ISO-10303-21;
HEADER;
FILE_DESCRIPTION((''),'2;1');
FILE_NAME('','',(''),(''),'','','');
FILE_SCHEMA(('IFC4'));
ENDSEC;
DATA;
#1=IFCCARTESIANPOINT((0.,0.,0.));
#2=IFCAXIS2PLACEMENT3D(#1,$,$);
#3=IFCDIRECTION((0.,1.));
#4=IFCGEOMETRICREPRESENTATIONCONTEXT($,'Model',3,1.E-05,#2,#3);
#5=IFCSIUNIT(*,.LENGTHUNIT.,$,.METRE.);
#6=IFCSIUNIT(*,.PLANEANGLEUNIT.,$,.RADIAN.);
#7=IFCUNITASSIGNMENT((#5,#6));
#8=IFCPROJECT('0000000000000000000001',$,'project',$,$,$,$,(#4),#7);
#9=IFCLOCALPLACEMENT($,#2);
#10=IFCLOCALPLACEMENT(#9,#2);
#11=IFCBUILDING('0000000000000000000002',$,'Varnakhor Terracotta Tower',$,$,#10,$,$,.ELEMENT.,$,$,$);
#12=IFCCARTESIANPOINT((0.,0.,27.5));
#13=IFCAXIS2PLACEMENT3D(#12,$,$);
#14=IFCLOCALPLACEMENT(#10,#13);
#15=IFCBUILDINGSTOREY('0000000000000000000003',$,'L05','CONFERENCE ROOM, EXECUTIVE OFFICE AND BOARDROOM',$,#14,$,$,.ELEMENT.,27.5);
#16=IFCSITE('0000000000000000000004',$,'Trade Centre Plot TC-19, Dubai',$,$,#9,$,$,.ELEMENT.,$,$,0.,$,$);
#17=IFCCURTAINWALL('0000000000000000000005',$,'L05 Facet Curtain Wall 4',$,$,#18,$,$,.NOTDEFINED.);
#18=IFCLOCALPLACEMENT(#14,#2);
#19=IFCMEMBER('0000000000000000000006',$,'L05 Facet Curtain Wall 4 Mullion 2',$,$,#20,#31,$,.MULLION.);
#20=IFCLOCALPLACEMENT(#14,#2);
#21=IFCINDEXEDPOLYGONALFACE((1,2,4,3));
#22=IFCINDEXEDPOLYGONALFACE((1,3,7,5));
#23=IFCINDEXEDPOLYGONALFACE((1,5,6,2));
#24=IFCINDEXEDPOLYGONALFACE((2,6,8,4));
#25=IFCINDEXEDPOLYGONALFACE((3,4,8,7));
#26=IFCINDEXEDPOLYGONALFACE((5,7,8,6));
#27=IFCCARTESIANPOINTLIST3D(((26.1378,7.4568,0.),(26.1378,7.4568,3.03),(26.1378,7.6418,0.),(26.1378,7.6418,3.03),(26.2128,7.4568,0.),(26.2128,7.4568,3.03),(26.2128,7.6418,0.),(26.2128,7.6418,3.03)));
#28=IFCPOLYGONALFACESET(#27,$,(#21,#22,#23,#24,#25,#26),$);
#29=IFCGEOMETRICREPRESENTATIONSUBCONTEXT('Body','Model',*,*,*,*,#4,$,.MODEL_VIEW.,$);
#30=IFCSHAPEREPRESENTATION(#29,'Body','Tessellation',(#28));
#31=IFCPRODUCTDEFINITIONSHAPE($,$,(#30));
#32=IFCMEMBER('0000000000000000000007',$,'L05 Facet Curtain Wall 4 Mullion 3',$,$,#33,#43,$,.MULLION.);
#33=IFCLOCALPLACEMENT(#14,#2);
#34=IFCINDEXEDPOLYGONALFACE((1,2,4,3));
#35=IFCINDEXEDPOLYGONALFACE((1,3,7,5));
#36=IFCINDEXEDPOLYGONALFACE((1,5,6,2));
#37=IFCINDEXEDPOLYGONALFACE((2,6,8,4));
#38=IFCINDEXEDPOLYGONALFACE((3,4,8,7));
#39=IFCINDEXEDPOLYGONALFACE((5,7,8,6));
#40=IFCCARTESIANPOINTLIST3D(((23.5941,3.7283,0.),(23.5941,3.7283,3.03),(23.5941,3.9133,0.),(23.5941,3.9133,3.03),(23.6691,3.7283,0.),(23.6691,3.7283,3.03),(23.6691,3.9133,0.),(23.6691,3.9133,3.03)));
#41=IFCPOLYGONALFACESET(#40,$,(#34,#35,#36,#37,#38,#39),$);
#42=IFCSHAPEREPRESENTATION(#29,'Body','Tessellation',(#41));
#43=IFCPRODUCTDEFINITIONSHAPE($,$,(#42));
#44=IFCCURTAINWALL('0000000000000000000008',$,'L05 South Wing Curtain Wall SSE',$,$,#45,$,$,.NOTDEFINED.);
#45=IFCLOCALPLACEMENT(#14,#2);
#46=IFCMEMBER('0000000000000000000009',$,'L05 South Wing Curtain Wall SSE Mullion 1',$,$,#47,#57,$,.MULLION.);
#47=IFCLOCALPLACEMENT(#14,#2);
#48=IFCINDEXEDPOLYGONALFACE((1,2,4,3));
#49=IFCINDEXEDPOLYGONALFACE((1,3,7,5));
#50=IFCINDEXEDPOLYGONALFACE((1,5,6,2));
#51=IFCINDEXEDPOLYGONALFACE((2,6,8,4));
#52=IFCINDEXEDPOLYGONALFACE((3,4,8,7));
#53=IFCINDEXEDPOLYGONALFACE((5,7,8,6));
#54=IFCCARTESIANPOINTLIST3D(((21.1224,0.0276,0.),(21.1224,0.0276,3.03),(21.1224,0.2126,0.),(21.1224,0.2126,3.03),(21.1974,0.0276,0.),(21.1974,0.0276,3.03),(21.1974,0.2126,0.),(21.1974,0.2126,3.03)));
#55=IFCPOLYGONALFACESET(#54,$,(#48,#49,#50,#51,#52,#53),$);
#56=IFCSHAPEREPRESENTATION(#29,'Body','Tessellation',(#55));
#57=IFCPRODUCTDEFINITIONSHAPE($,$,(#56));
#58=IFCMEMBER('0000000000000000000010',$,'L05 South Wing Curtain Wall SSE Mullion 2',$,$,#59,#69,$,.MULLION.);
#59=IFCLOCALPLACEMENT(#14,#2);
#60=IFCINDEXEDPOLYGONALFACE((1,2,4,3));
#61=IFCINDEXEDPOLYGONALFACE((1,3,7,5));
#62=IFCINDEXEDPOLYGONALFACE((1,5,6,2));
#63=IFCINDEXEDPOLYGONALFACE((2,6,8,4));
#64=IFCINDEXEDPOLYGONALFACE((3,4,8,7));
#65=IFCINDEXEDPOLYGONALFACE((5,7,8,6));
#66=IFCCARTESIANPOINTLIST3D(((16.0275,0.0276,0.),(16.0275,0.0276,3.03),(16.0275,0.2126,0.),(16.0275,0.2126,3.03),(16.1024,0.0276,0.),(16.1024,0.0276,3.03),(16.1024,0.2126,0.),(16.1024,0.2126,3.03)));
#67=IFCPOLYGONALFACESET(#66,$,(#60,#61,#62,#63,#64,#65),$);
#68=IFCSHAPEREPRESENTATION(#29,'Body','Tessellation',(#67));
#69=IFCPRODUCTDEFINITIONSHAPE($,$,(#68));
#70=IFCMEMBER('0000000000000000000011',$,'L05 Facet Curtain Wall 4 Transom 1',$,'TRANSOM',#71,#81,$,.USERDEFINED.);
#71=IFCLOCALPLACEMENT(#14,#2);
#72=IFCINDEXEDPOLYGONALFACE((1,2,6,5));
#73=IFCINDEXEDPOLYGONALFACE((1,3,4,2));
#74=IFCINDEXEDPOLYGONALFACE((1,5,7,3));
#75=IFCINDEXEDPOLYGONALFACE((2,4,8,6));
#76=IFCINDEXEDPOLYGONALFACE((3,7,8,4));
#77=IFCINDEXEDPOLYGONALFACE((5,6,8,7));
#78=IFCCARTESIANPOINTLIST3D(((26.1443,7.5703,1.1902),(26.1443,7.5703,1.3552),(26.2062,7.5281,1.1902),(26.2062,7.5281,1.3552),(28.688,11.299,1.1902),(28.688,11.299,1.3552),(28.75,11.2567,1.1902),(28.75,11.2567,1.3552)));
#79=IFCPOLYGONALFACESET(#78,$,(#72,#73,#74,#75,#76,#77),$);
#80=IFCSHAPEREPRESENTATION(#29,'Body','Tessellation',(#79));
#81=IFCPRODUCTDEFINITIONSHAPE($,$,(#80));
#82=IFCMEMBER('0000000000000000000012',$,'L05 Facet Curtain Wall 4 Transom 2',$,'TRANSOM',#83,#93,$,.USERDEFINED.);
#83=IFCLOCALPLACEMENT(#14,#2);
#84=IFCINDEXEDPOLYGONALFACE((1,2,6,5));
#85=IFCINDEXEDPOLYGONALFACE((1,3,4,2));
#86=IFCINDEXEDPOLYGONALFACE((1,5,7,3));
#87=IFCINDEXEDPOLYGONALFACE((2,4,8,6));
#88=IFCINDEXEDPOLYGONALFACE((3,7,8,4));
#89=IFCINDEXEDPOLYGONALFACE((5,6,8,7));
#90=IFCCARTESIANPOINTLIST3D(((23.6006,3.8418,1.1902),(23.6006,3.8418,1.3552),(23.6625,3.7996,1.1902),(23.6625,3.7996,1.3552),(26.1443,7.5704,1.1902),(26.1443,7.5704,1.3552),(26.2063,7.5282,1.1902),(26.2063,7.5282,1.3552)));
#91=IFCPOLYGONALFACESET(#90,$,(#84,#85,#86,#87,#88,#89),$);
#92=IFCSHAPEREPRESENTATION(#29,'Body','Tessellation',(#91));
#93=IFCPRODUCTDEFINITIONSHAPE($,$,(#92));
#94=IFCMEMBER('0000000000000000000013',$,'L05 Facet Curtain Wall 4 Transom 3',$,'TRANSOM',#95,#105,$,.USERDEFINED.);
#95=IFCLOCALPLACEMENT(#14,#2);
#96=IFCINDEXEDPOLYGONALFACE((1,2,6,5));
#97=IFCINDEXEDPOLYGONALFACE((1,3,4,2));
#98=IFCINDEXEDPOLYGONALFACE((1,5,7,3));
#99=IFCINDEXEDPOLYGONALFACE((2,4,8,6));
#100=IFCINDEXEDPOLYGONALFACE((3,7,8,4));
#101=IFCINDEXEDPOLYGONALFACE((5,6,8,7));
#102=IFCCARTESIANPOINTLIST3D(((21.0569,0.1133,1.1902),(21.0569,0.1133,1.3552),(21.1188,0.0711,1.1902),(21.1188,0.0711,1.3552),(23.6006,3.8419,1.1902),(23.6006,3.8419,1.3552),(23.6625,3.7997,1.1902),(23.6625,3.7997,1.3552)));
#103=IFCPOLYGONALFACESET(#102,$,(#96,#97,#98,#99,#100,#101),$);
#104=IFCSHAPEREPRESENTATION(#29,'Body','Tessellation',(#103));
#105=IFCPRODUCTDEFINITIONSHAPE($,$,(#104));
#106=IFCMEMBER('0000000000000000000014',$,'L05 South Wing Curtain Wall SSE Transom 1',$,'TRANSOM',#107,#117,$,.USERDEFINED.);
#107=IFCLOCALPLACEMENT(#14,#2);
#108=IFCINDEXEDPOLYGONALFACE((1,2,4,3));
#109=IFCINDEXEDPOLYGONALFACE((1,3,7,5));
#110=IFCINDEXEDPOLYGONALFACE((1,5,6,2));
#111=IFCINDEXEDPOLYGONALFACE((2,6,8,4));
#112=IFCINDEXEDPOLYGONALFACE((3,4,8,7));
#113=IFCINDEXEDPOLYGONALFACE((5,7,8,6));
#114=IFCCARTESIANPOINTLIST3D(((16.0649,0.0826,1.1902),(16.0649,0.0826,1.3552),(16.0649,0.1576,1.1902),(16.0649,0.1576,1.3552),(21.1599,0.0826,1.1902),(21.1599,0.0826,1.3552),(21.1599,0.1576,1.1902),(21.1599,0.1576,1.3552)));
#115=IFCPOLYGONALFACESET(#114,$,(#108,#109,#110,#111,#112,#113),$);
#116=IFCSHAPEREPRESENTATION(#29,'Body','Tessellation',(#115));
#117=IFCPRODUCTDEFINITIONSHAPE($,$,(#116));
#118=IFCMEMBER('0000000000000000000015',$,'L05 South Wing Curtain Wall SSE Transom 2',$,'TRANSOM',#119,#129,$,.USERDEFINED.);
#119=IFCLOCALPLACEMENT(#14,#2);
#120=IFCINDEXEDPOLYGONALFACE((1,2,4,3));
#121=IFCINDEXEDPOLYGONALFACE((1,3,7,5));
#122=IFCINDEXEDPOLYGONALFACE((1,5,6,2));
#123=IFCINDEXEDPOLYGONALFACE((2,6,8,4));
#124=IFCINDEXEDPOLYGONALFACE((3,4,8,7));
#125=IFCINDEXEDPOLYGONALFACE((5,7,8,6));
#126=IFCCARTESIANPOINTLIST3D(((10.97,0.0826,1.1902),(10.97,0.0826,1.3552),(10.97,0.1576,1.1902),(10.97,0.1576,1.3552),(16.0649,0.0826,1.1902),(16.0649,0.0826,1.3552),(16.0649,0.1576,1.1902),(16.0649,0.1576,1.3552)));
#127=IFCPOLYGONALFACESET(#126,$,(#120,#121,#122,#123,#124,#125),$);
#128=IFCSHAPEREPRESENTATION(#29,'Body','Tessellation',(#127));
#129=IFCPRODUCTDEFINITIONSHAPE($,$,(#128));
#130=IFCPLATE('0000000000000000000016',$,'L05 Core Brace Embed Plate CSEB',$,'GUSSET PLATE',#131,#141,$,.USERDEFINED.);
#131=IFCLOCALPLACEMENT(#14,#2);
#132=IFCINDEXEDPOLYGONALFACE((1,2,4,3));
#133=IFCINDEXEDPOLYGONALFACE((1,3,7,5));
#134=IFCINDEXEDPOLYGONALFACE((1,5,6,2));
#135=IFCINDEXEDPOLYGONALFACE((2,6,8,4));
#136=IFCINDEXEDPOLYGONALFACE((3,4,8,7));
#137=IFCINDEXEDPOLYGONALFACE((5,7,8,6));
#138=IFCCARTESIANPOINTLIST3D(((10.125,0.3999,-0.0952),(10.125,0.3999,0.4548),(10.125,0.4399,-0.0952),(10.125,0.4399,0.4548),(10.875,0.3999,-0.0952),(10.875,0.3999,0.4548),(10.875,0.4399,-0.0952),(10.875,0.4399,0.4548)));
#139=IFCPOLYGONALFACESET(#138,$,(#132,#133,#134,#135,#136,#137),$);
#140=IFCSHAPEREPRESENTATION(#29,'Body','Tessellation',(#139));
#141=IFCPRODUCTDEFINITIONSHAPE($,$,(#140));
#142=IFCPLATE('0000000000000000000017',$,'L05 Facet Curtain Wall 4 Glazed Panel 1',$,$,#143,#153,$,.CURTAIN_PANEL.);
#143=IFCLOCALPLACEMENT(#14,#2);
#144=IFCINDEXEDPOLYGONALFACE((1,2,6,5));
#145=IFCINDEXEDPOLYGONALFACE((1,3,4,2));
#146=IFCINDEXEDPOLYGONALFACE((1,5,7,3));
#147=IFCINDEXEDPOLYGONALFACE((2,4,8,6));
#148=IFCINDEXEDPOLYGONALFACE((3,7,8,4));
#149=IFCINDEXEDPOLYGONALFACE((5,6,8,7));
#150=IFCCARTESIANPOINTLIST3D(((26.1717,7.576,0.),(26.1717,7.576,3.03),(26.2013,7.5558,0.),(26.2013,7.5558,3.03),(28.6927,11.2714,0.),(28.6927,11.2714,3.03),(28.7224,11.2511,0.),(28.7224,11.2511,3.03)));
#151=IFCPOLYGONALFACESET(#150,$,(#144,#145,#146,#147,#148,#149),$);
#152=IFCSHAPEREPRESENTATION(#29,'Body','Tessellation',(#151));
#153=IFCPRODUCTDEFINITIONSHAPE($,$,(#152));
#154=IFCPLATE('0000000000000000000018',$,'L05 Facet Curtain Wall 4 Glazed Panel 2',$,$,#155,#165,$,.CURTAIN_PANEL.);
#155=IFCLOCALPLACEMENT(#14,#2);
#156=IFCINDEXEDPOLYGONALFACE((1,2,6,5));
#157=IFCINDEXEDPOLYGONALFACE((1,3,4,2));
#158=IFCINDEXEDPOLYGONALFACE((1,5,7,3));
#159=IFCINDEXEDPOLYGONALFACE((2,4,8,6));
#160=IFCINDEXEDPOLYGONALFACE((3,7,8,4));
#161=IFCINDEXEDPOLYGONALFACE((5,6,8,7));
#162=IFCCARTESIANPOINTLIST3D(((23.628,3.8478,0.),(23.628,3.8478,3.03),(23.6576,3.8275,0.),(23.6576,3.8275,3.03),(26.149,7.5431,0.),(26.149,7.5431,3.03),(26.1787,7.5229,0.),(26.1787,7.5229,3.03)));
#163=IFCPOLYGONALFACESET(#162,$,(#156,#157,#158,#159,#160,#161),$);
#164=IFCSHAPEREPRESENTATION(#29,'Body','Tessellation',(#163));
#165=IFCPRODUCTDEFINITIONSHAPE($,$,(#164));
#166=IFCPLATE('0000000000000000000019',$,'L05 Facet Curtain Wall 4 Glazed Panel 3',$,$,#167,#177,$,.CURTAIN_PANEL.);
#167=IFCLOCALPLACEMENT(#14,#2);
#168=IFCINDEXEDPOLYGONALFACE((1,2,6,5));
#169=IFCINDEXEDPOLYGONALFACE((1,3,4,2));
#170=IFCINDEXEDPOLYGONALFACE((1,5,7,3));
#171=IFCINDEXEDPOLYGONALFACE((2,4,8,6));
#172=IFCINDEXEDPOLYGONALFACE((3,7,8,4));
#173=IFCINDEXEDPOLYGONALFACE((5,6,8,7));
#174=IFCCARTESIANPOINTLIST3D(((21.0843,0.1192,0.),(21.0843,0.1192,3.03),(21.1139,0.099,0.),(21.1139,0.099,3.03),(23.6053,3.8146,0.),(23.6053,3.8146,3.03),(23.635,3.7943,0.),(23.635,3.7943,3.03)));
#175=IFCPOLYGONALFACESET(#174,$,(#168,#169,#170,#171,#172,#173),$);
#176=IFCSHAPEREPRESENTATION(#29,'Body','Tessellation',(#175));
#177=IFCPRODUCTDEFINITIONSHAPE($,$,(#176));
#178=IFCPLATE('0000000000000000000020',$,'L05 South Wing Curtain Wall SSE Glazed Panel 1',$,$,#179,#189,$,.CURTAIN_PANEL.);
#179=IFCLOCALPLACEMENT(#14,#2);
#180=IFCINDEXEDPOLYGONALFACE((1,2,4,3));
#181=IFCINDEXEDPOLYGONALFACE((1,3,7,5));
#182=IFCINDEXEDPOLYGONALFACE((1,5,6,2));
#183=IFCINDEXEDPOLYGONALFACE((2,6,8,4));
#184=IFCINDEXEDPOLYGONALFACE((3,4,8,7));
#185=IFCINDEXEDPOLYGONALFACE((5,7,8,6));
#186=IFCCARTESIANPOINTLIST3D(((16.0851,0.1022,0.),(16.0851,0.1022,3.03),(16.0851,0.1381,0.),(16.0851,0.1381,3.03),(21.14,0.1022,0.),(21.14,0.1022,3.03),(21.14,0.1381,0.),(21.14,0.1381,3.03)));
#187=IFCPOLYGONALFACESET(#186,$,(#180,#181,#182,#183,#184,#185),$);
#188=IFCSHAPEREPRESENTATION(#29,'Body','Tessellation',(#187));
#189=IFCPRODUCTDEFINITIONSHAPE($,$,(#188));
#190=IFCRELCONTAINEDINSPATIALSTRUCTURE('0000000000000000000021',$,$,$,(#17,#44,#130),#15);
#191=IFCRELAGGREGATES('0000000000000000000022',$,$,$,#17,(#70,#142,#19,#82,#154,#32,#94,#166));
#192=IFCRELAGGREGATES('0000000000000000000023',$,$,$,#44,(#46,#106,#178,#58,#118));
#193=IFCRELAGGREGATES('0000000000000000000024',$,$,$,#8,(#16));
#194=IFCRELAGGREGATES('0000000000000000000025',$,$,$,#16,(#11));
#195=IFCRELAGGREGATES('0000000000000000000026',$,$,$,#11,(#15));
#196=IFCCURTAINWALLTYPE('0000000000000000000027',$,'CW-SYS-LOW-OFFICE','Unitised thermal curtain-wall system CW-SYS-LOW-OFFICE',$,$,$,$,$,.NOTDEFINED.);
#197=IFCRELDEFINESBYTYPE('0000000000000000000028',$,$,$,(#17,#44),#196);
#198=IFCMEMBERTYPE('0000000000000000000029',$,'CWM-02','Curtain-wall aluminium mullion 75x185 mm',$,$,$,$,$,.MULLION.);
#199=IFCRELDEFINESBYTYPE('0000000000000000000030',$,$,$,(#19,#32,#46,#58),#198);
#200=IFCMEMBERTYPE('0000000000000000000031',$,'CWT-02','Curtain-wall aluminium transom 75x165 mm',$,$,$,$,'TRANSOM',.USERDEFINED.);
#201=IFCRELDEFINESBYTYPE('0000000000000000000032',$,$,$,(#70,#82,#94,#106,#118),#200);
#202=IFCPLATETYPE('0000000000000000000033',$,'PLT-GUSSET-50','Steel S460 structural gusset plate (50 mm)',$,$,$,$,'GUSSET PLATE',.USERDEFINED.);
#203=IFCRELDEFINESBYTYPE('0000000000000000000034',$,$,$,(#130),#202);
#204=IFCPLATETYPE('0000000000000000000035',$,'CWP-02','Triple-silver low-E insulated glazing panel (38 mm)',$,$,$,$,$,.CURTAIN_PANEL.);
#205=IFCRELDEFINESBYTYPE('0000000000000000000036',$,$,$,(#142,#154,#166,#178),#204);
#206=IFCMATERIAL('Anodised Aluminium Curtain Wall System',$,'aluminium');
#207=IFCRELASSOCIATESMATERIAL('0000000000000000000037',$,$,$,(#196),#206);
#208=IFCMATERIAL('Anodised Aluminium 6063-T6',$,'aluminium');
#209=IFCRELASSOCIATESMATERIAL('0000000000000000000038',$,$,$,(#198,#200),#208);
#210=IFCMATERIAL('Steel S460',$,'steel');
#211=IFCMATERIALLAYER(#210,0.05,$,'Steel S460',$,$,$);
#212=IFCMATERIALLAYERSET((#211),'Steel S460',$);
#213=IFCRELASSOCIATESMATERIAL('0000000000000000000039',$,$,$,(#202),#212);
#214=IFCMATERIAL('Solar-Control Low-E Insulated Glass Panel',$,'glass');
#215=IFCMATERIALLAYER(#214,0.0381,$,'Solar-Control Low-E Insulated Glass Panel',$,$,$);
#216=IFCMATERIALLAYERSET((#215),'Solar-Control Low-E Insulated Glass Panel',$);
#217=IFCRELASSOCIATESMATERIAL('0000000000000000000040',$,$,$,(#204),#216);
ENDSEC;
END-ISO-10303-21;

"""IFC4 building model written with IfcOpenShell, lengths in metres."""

from ifc_helpers import new_model, si_unit, direction, frame, origin, origin_2d, place, context, subcontext, project, spatial, rectangle, extrude, source, transform, mapped, material, layer, layer_set, material_profile, profile_set, type_object, type_shapes, element, aggregate, save


model = new_model("IFC4")

# Units and contexts
model_context = context("Model", 3, precision=1e-05, world=origin(), true_north=direction((0.0, 1.0)))
body_context = subcontext(model_context, "Body", "Model", "MODEL_VIEW")
ifc_project = project(units=[si_unit("LENGTHUNIT", "METRE"), si_unit("PLANEANGLEUNIT", "RADIAN")], contexts=[model_context])

# Site, building, storey
site_placement = place(None, origin())
site = spatial("IfcSite", under=ifc_project, at=site_placement, Name="Trade Centre Plot TC-19, Dubai", CompositionType="ELEMENT", RefElevation=0.0)
building_placement = place(site_placement, origin())
building = spatial("IfcBuilding", under=site, at=building_placement, Name="Varnakhor Terracotta Tower", CompositionType="ELEMENT")
storey_placement = place(building_placement, frame((0.0, 0.0, 27.5)))
storey = spatial("IfcBuildingStorey", under=building, at=storey_placement, Name="L05", Description="CONFERENCE ROOM, EXECUTIVE OFFICE AND BOARDROOM", CompositionType="ELEMENT", Elevation=27.5)

# Shared definitions
ifc_material_1 = material(Name="Steel S460", Category="steel")

# Curtain walls, members
ifc_material_2 = material(Name="Anodised Aluminium Curtain Wall System", Category="aluminium")
curtain_wall_type = type_object("IfcCurtainWallType", Name="CW-SYS-LOW-OFFICE", Description="Unitised thermal curtain-wall system CW-SYS-LOW-OFFICE", PredefinedType="NOTDEFINED", material=ifc_material_2)
curtain_wall_1_placement = place(storey_placement, origin())
curtain_wall_1 = element("IfcCurtainWall", 1, at=curtain_wall_1_placement, inside=storey, type_object=curtain_wall_type, Name="L05 Facet Curtain Wall 4", PredefinedType="NOTDEFINED")
ifc_material_3 = material(Name="Anodised Aluminium 6063-T6", Category="aluminium")
ifc_material_profile_1 = material_profile(ifc_material_3, rectangle(XDim=0.075, YDim=0.1851, at=origin_2d()), Name="ALU MULLION 75x185")
ifc_profile_set_1 = profile_set([ifc_material_profile_1], Name="Anodised Aluminium 6063-T6")
member_type_1 = type_object("IfcMemberType", Name="CWM-02", Description="Curtain-wall aluminium mullion 75x185 mm", PredefinedType="MULLION", material=ifc_profile_set_1)
shared_shape_1 = source(origin(), body_context, "Body", "SweptSolid", [
    extrude(rectangle(XDim=0.075, YDim=0.1851, at=origin_2d()), origin(), (0.0, 0.0, 1.0), 3.03),
])
type_shapes(member_type_1, [shared_shape_1])
member_1_placement = place(storey_placement, frame((26.1753, 7.5493, 0.0), z_axis=(0.0, 0.0, 1.0), x_axis=(1.0, 0.0, 0.0)))
member_1 = element("IfcMember", 2, at=member_1_placement, type_object=member_type_1, Name="L05 Facet Curtain Wall 4 Mullion 2", PredefinedType="MULLION", context=body_context, shape_type="MappedRepresentation", body=[
    mapped(shared_shape_1, transform((0.0, 0.0, 0.0), scale=1.0)),
])
member_2_placement = place(storey_placement, frame((23.6316, 3.8208, 0.0), z_axis=(0.0, 0.0, 1.0), x_axis=(1.0, 0.0, 0.0)))
member_2 = element("IfcMember", 3, at=member_2_placement, type_object=member_type_1, Name="L05 Facet Curtain Wall 4 Mullion 3", PredefinedType="MULLION", context=body_context, shape_type="MappedRepresentation", body=[
    mapped(shared_shape_1, transform((0.0, 0.0, 0.0), scale=1.0)),
])
curtain_wall_2_placement = place(storey_placement, origin())
curtain_wall_2 = element("IfcCurtainWall", 4, at=curtain_wall_2_placement, inside=storey, type_object=curtain_wall_type, Name="L05 South Wing Curtain Wall SSE", PredefinedType="NOTDEFINED")
member_3_placement = place(storey_placement, frame((21.1599, 0.1201, 0.0), z_axis=(0.0, 0.0, 1.0), x_axis=(1.0, 0.0, 0.0)))
member_3 = element("IfcMember", 5, at=member_3_placement, type_object=member_type_1, Name="L05 South Wing Curtain Wall SSE Mullion 1", PredefinedType="MULLION", context=body_context, shape_type="MappedRepresentation", body=[
    mapped(shared_shape_1, transform((0.0, 0.0, 0.0), scale=1.0)),
])
member_4_placement = place(storey_placement, frame((16.0649, 0.1201, 0.0), z_axis=(0.0, 0.0, 1.0), x_axis=(1.0, 0.0, 0.0)))
member_4 = element("IfcMember", 6, at=member_4_placement, type_object=member_type_1, Name="L05 South Wing Curtain Wall SSE Mullion 2", PredefinedType="MULLION", context=body_context, shape_type="MappedRepresentation", body=[
    mapped(shared_shape_1, transform((0.0, 0.0, 0.0), scale=1.0)),
])

# Members
ifc_material_profile_2 = material_profile(ifc_material_3, rectangle(XDim=0.075, YDim=0.165, at=origin_2d()), Name="ALU TRANSOM 75x165")
ifc_profile_set_2 = profile_set([ifc_material_profile_2], Name="Anodised Aluminium 6063-T6")
member_type_2 = type_object("IfcMemberType", Name="CWT-02", Description="Curtain-wall aluminium transom 75x165 mm", ElementType="TRANSOM", PredefinedType="USERDEFINED", material=ifc_profile_set_2)
shared_shape_2 = source(origin(), body_context, "Body", "SweptSolid", [
    extrude(rectangle(XDim=0.075, YDim=0.165, at=origin_2d()), origin(), (0.0, 0.0, 1.0), 4.5137),
])
member_5_placement = place(storey_placement, frame((28.719, 11.2778, 1.2727), z_axis=(-0.563568, -0.826069, 0.0), x_axis=(0.826069, -0.563568, 0.0)))
member_5 = element("IfcMember", 7, at=member_5_placement, type_object=member_type_2, Name="L05 Facet Curtain Wall 4 Transom 1", ObjectType="TRANSOM", PredefinedType="USERDEFINED", context=body_context, shape_type="MappedRepresentation", body=[
    mapped(shared_shape_2, transform((0.0, 0.0, 0.0), scale=1.0)),
])
member_6_placement = place(storey_placement, frame((26.1753, 7.5493, 1.2727), z_axis=(-0.563568, -0.826069, 0.0), x_axis=(0.826069, -0.563568, 0.0)))
member_6 = element("IfcMember", 8, at=member_6_placement, type_object=member_type_2, Name="L05 Facet Curtain Wall 4 Transom 2", ObjectType="TRANSOM", PredefinedType="USERDEFINED", context=body_context, shape_type="MappedRepresentation", body=[
    mapped(shared_shape_2, transform((0.0, 0.0, 0.0), scale=1.0)),
])
member_7_placement = place(storey_placement, frame((23.6316, 3.8208, 1.2727), z_axis=(-0.563568, -0.826069, 0.0), x_axis=(0.826069, -0.563568, 0.0)))
member_7 = element("IfcMember", 9, at=member_7_placement, type_object=member_type_2, Name="L05 Facet Curtain Wall 4 Transom 3", ObjectType="TRANSOM", PredefinedType="USERDEFINED", context=body_context, shape_type="MappedRepresentation", body=[
    mapped(shared_shape_2, transform((0.0, 0.0, 0.0), scale=1.0)),
])
shared_shape_3 = source(origin(), body_context, "Body", "SweptSolid", [
    extrude(rectangle(XDim=0.075, YDim=0.165, at=origin_2d()), origin(), (0.0, 0.0, 1.0), 5.095),
])
member_8_placement = place(storey_placement, frame((21.1599, 0.1201, 1.2727), z_axis=(-1.0, 0.0, 0.0), x_axis=(0.0, -1.0, 0.0)))
member_8 = element("IfcMember", 10, at=member_8_placement, type_object=member_type_2, Name="L05 South Wing Curtain Wall SSE Transom 1", ObjectType="TRANSOM", PredefinedType="USERDEFINED", context=body_context, shape_type="MappedRepresentation", body=[
    mapped(shared_shape_3, transform((0.0, 0.0, 0.0), scale=1.0)),
])
member_9_placement = place(storey_placement, frame((16.0649, 0.1201, 1.2727), z_axis=(-1.0, 0.0, 0.0), x_axis=(0.0, -1.0, 0.0)))
member_9 = element("IfcMember", 11, at=member_9_placement, type_object=member_type_2, Name="L05 South Wing Curtain Wall SSE Transom 2", ObjectType="TRANSOM", PredefinedType="USERDEFINED", context=body_context, shape_type="MappedRepresentation", body=[
    mapped(shared_shape_3, transform((0.0, 0.0, 0.0), scale=1.0)),
])

# Plates
ifc_layer_1 = layer(ifc_material_1, 0.05, Name="Steel S460")
ifc_layer_set_1 = layer_set([ifc_layer_1], Name="Steel S460")
plate_type_1 = type_object("IfcPlateType", Name="PLT-GUSSET-50", Description="Steel S460 structural gusset plate (50 mm)", ElementType="GUSSET PLATE", PredefinedType="USERDEFINED", material=ifc_layer_set_1)
shared_shape_4 = source(origin(), body_context, "Body", "SweptSolid", [
    extrude(rectangle(XDim=0.75, YDim=0.04, at=origin_2d()), origin(), (0.0, 0.0, 1.0), 0.55),
])
type_shapes(plate_type_1, [shared_shape_4])
plate_1_placement = place(storey_placement, frame((10.5, 0.4199, -0.0952), z_axis=(0.0, 0.0, 1.0), x_axis=(1.0, 0.0, 0.0)))
element("IfcPlate", 12, at=plate_1_placement, inside=storey, type_object=plate_type_1, Name="L05 Core Brace Embed Plate CSEB", ObjectType="GUSSET PLATE", PredefinedType="USERDEFINED", context=body_context, shape_type="MappedRepresentation", body=[
    mapped(shared_shape_4, transform((0.0, 0.0, 0.0), scale=1.0)),
])
ifc_material_4 = material(Name="Solar-Control Low-E Insulated Glass Panel", Category="glass")
ifc_layer_2 = layer(ifc_material_4, 0.0381, Name="Solar-Control Low-E Insulated Glass Panel")
ifc_layer_set_2 = layer_set([ifc_layer_2], Name="Solar-Control Low-E Insulated Glass Panel")
plate_type_2 = type_object("IfcPlateType", Name="CWP-02", Description="Triple-silver low-E insulated glazing panel (38 mm)", PredefinedType="CURTAIN_PANEL", material=ifc_layer_set_2)
shared_shape_5 = source(origin(), body_context, "Body", "SweptSolid", [
    extrude(rectangle(XDim=4.4734, YDim=0.0359, at=origin_2d()), origin(), (0.0, 0.0, 1.0), 3.03),
])
plate_2_placement = place(storey_placement, frame((27.447, 9.4136, 0.0), z_axis=(0.0, 0.0, 1.0), x_axis=(-0.563569, -0.826069, 0.0)))
plate_2 = element("IfcPlate", 13, at=plate_2_placement, type_object=plate_type_2, Name="L05 Facet Curtain Wall 4 Glazed Panel 1", PredefinedType="CURTAIN_PANEL", context=body_context, shape_type="MappedRepresentation", body=[
    mapped(shared_shape_5, transform((0.0, 0.0, 0.0), scale=1.0)),
])
plate_3_placement = place(storey_placement, frame((24.9033, 5.6853, 0.0), z_axis=(0.0, 0.0, 1.0), x_axis=(-0.563569, -0.826069, 0.0)))
plate_3 = element("IfcPlate", 14, at=plate_3_placement, type_object=plate_type_2, Name="L05 Facet Curtain Wall 4 Glazed Panel 2", PredefinedType="CURTAIN_PANEL", context=body_context, shape_type="MappedRepresentation", body=[
    mapped(shared_shape_5, transform((0.0, 0.0, 0.0), scale=1.0)),
])
plate_4_placement = place(storey_placement, frame((22.3596, 1.9568, 0.0), z_axis=(0.0, 0.0, 1.0), x_axis=(-0.563569, -0.826069, 0.0)))
plate_4 = element("IfcPlate", 15, at=plate_4_placement, type_object=plate_type_2, Name="L05 Facet Curtain Wall 4 Glazed Panel 3", PredefinedType="CURTAIN_PANEL", context=body_context, shape_type="MappedRepresentation", body=[
    mapped(shared_shape_5, transform((0.0, 0.0, 0.0), scale=1.0)),
])
aggregate(curtain_wall_1, [member_5, plate_2, member_1, member_6, plate_3, member_2, member_7, plate_4])
shared_shape_6 = source(origin(), body_context, "Body", "SweptSolid", [
    extrude(rectangle(XDim=5.0549, YDim=0.0359, at=origin_2d()), origin(), (0.0, 0.0, 1.0), 3.03),
])
plate_5_placement = place(storey_placement, frame((18.6125, 0.1201, 0.0), z_axis=(0.0, 0.0, 1.0), x_axis=(-1.0, 0.0, 0.0)))
plate_5 = element("IfcPlate", 16, at=plate_5_placement, type_object=plate_type_2, Name="L05 South Wing Curtain Wall SSE Glazed Panel 1", PredefinedType="CURTAIN_PANEL", context=body_context, shape_type="MappedRepresentation", body=[
    mapped(shared_shape_6, transform((0.0, 0.0, 0.0), scale=1.0)),
])
aggregate(curtain_wall_2, [member_3, member_8, plate_5, member_4, member_9])

save(model, "model.ifc")
